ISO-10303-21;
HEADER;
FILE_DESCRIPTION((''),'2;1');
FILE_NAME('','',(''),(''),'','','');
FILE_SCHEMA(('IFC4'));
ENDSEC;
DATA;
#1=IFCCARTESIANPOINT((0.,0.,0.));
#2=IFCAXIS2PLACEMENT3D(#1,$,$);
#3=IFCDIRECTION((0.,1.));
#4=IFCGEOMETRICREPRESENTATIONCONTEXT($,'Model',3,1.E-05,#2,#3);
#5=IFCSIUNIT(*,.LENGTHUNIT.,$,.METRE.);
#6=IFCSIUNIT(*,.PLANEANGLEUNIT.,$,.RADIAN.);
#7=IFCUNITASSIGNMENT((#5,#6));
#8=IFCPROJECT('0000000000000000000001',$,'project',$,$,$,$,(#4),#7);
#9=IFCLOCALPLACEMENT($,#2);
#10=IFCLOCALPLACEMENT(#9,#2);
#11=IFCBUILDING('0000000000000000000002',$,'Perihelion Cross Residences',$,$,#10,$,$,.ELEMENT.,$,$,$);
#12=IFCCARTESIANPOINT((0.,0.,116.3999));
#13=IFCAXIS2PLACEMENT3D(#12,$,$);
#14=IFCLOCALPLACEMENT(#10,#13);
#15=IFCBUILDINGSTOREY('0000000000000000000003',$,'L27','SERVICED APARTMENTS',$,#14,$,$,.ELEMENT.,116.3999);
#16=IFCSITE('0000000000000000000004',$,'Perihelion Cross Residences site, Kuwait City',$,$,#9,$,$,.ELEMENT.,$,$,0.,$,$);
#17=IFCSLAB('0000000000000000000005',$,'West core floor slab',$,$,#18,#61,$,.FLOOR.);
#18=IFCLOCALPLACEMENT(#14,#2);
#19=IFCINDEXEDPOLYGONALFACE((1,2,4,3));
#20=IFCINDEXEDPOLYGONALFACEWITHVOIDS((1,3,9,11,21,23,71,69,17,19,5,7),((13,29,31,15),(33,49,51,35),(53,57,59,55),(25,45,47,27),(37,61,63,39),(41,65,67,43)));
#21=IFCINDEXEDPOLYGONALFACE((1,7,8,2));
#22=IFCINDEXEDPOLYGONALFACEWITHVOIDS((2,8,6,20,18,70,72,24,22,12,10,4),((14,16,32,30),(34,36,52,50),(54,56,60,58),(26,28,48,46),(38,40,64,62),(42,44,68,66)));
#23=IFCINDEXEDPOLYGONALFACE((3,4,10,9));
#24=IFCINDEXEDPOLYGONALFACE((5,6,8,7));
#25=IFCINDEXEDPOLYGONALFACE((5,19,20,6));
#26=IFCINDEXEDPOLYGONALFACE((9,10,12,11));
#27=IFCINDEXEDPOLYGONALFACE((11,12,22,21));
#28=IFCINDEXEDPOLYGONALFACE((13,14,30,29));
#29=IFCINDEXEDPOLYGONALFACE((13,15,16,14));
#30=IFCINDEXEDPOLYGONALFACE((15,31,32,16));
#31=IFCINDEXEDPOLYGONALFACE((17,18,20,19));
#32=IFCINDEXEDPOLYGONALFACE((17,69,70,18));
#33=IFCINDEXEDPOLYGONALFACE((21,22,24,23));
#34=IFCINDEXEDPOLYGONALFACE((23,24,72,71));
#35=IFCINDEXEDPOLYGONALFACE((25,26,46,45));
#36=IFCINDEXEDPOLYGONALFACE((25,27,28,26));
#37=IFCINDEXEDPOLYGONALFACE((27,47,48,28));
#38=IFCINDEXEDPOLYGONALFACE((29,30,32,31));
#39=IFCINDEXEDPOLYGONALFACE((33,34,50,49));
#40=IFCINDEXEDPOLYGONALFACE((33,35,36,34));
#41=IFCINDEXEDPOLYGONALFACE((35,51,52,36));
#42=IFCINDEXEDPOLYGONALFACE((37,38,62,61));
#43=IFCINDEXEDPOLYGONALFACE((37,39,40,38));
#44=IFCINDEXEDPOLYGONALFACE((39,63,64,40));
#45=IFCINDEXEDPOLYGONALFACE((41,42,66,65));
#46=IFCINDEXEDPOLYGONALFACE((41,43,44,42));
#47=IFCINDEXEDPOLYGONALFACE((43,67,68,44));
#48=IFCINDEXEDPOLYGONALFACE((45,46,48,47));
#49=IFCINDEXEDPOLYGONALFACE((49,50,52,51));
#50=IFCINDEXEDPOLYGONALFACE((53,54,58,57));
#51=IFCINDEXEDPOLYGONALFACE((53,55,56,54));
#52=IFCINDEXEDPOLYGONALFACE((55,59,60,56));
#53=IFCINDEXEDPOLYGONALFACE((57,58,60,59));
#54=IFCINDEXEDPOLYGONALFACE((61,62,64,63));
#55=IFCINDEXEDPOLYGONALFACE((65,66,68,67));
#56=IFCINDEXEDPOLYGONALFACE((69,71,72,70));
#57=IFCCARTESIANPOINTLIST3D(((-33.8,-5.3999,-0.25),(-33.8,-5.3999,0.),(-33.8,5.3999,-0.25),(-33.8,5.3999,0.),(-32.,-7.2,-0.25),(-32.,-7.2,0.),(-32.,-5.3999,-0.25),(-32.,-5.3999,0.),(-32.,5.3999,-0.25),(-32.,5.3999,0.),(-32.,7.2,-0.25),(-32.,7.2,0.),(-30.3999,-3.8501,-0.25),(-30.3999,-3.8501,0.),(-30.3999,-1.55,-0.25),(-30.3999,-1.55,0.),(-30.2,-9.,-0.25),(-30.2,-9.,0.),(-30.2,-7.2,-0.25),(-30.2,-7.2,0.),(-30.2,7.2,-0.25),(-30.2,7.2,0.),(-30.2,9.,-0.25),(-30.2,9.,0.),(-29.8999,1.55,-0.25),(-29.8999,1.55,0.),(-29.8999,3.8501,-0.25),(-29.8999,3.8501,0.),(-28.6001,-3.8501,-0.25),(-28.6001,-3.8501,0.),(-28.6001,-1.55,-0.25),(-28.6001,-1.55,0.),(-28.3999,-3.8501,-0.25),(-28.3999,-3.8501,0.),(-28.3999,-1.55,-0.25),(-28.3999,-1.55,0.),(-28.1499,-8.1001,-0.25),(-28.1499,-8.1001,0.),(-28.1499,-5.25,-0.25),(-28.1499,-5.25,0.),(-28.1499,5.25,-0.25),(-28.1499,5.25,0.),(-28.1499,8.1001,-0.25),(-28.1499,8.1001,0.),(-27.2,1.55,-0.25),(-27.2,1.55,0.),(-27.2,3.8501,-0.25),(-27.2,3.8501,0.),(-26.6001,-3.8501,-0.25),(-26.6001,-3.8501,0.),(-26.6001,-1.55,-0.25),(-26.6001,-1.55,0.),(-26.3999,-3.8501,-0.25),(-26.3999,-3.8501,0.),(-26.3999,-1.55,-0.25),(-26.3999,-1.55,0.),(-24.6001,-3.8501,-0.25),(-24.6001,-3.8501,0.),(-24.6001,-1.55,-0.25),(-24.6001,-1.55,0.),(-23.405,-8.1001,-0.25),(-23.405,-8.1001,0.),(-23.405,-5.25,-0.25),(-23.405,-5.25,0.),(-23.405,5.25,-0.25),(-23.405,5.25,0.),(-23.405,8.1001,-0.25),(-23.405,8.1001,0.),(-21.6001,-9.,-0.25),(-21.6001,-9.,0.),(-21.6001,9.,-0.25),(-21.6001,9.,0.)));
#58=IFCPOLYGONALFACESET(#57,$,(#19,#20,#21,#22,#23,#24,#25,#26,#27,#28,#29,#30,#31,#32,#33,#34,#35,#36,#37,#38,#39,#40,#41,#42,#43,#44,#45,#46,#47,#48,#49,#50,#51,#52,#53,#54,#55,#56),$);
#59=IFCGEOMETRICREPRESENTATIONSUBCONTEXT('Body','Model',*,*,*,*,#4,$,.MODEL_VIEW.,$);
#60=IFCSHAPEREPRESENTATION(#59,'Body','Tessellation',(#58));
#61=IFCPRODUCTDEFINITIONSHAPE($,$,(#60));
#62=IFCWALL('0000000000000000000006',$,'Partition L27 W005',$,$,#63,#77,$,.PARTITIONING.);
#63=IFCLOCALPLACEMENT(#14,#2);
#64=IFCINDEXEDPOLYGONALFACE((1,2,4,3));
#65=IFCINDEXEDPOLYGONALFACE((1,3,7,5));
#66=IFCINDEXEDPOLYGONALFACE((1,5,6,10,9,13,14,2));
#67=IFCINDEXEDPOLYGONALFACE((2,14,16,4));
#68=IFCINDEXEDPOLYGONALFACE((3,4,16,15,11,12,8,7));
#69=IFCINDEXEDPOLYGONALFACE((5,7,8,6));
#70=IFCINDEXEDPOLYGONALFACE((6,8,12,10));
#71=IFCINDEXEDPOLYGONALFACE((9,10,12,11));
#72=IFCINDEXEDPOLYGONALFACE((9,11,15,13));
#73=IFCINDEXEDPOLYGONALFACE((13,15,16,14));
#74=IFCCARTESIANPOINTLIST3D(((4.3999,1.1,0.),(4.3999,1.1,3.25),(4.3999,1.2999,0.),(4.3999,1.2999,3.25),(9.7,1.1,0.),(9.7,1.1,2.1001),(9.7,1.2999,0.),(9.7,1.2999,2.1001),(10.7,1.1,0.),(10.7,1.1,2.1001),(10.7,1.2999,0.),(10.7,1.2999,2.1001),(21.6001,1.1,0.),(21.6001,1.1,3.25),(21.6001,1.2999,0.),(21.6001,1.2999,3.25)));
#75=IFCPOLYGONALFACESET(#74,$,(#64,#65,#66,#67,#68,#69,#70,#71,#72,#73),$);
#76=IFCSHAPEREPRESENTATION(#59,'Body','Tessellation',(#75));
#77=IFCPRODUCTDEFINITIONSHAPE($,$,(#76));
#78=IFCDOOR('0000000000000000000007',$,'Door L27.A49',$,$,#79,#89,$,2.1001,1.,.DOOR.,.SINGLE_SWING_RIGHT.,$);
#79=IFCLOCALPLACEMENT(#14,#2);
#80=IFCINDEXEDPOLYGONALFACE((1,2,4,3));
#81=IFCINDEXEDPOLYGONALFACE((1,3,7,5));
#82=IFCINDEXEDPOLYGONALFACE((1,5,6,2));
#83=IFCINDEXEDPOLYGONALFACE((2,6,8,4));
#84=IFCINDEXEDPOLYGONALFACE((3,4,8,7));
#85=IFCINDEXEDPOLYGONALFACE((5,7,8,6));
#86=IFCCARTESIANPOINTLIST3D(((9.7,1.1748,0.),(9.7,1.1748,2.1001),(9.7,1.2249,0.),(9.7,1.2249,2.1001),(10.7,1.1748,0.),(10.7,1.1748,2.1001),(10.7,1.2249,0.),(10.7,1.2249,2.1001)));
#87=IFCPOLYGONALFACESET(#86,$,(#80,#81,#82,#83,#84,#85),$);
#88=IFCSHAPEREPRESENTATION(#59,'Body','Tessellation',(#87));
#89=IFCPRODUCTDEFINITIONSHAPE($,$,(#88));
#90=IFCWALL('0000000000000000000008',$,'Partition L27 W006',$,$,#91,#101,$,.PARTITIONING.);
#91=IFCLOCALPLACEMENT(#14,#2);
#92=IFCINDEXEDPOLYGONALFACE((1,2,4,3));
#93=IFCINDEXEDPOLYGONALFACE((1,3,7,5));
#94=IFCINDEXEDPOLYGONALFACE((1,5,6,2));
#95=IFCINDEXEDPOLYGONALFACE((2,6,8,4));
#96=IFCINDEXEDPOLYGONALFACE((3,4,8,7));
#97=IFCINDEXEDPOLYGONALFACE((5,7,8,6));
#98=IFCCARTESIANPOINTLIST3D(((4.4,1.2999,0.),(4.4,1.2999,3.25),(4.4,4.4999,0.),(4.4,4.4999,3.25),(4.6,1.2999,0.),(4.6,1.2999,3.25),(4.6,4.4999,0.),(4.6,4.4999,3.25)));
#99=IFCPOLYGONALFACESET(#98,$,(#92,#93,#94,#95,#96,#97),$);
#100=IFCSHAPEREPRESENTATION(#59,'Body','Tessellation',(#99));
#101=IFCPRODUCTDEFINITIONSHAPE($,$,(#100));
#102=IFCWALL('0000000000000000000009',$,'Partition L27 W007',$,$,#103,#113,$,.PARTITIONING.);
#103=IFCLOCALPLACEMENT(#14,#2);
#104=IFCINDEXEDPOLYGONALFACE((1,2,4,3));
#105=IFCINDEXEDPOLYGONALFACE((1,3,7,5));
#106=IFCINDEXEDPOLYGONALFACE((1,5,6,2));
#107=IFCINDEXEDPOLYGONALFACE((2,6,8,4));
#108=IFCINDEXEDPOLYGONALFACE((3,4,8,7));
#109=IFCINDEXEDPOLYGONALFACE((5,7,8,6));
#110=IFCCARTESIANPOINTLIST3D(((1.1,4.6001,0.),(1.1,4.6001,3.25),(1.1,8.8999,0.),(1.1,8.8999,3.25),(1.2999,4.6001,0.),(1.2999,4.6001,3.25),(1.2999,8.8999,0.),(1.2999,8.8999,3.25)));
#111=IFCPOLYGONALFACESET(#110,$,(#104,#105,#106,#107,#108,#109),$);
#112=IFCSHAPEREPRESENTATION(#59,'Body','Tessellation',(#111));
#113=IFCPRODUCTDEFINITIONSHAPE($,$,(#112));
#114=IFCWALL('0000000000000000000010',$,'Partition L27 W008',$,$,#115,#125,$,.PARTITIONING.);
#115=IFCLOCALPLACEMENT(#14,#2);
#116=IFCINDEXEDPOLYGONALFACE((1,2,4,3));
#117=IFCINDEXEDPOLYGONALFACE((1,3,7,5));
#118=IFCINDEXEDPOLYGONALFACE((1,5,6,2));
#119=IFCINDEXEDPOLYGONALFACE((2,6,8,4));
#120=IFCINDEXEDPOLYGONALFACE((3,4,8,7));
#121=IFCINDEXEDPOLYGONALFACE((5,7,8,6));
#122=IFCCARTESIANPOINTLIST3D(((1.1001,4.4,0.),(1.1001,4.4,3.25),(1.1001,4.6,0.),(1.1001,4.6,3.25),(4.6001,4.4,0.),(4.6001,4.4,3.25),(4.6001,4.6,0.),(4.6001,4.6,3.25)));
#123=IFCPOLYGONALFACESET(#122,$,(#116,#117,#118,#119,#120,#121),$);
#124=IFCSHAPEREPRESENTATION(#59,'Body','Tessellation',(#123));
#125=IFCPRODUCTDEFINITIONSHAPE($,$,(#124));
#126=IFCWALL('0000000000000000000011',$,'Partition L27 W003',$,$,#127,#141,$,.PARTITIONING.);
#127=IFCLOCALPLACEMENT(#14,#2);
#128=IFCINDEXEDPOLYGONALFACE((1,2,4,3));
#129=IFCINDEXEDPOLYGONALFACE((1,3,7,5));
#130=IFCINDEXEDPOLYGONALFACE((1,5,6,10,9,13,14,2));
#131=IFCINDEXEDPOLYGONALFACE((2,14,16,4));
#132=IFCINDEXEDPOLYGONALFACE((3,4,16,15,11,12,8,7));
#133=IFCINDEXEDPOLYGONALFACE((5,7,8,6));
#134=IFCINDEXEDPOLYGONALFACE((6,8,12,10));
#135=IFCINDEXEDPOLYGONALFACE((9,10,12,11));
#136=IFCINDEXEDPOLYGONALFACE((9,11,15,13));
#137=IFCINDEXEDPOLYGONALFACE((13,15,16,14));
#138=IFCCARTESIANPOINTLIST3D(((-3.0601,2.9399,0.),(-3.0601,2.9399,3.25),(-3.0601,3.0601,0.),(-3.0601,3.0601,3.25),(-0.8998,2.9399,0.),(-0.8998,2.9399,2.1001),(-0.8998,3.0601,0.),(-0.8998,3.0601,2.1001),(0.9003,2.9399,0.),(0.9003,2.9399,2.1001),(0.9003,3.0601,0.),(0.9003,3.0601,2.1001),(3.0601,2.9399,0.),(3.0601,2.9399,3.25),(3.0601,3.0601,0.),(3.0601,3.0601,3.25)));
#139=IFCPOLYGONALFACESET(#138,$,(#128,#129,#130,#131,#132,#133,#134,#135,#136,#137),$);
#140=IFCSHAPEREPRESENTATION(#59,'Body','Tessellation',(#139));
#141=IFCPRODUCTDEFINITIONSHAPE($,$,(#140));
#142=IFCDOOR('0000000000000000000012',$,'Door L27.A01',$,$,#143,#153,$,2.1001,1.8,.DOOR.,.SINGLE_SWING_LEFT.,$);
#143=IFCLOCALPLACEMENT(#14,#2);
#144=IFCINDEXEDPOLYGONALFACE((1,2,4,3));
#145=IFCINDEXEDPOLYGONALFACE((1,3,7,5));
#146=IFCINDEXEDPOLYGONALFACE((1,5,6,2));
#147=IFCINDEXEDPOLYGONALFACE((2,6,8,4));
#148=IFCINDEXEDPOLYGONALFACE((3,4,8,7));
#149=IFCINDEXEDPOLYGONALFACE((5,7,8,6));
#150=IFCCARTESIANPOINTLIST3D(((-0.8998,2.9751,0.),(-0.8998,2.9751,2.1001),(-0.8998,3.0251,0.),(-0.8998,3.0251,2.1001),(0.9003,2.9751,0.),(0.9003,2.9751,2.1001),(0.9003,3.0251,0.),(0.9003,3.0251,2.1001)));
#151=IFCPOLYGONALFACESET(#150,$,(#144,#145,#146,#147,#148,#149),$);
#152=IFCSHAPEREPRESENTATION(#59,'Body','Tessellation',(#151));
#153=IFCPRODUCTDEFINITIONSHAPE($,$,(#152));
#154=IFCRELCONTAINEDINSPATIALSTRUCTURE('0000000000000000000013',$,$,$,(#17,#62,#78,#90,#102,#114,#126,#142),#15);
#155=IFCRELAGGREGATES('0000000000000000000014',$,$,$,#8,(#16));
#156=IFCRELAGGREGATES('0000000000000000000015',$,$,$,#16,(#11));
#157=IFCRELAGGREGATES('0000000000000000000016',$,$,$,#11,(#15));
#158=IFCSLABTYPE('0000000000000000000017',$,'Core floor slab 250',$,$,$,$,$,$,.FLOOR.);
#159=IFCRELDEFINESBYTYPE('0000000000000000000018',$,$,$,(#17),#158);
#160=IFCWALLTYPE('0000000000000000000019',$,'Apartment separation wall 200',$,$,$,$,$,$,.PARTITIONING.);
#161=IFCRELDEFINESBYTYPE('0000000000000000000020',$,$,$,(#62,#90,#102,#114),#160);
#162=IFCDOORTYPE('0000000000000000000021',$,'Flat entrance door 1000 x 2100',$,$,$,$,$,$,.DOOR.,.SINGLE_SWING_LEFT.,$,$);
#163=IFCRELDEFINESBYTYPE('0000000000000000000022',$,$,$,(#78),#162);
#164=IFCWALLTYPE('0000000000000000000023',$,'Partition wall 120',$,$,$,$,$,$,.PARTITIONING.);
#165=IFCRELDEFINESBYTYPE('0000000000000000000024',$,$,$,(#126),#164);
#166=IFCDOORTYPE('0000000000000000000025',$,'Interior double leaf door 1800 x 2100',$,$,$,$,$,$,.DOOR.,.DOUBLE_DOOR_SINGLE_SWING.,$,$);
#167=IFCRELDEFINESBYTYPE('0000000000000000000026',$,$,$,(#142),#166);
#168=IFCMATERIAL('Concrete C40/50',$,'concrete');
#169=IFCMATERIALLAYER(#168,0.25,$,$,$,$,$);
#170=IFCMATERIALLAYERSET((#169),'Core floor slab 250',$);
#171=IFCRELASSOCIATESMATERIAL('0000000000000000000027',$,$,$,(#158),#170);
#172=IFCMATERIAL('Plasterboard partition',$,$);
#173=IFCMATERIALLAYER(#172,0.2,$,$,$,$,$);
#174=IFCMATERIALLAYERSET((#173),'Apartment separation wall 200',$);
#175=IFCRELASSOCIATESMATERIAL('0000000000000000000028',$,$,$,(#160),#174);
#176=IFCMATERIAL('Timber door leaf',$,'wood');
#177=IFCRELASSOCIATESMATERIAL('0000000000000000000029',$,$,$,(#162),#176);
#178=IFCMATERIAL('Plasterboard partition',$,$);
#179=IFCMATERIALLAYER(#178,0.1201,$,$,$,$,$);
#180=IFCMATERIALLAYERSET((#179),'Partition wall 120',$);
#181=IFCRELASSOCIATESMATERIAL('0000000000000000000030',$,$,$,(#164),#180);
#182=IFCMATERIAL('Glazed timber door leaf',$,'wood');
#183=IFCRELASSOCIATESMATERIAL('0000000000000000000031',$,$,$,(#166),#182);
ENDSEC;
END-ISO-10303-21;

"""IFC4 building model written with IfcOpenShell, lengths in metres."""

from ifc_helpers import new_model, si_unit, direction, frame, frame_2d, origin, place, context, subcontext, project, spatial, polyline, rectangle, outline, extrude, material, layer, layer_set, type_object, element, fill, save


model = new_model("IFC4")

# Units and contexts
model_context = context("Model", 3, precision=1e-05, world=origin(), true_north=direction((0.0, 1.0)))
body_context = subcontext(model_context, "Body", "Model", "MODEL_VIEW")
ifc_project = project(units=[si_unit("LENGTHUNIT", "METRE"), si_unit("PLANEANGLEUNIT", "RADIAN")], contexts=[model_context])

# Site, building, storey
site_placement = place(None, origin())
site = spatial("IfcSite", under=ifc_project, at=site_placement, Name="Perihelion Cross Residences site, Kuwait City", CompositionType="ELEMENT", RefElevation=0.0)
building_placement = place(site_placement, origin())
building = spatial("IfcBuilding", under=site, at=building_placement, Name="Perihelion Cross Residences", CompositionType="ELEMENT")
storey_placement = place(building_placement, frame((0.0, 0.0, 116.3999)))
storey = spatial("IfcBuildingStorey", under=building, at=storey_placement, Name="L27", Description="SERVICED APARTMENTS", CompositionType="ELEMENT", Elevation=116.3999)

# Slab
ifc_material_1 = material(Name="Concrete C40/50", Category="concrete")
ifc_layer_1 = layer(ifc_material_1, 0.25)
ifc_layer_set_1 = layer_set([ifc_layer_1], Name="Core floor slab 250")
slab_type = type_object("IfcSlabType", Name="Core floor slab 250", PredefinedType="FLOOR", material=ifc_layer_set_1)
slab_1_placement = place(storey_placement, frame((0.0, 0.0, -0.25)))
element("IfcSlab", 1, at=slab_1_placement, inside=storey, type_object=slab_type, Name="West core floor slab", PredefinedType="FLOOR", context=body_context, shape_type="SweptSolid", body=[
    extrude(outline(polyline([(-30.2, 7.2), (-32.0, 7.2), (-32.0, 5.3999), (-33.8, 5.3999), (-33.8, -5.3999), (-32.0, -5.3999), (-32.0, -7.2), (-30.2, -7.2), (-30.2, -9.0), (-21.6001, -9.0), (-21.6001, 9.0), (-30.2, 9.0), (-30.2, 7.2)]), holes=[polyline([(-28.1499, -8.1001), (-28.1499, -5.25), (-23.405, -5.25), (-23.405, -8.1001), (-28.1499, -8.1001)]), polyline([(-24.6001, -1.55), (-24.6001, -3.8501), (-26.3999, -3.8501), (-26.3999, -1.55), (-24.6001, -1.55)]), polyline([(-26.6001, -1.55), (-26.6001, -3.8501), (-28.3999, -3.8501), (-28.3999, -1.55), (-26.6001, -1.55)]), polyline([(-28.6001, -3.8501), (-30.3999, -3.8501), (-30.3999, -1.55), (-28.6001, -1.55), (-28.6001, -3.8501)]), polyline([(-27.2, 3.8501), (-27.2, 1.55), (-29.8999, 1.55), (-29.8999, 3.8501), (-27.2, 3.8501)]), polyline([(-23.405, 5.25), (-28.1499, 5.25), (-28.1499, 8.1001), (-23.405, 8.1001), (-23.405, 5.25)])]), origin(), (0.0, 0.0, 1.0), 0.25),
])

# Wall, opening, door
ifc_material_2 = material(Name="Plasterboard partition")
ifc_layer_2 = layer(ifc_material_2, 0.2)
ifc_layer_set_2 = layer_set([ifc_layer_2], Name="Apartment separation wall 200")
wall_type_1 = type_object("IfcWallType", Name="Apartment separation wall 200", PredefinedType="PARTITIONING", material=ifc_layer_set_2)
wall_1_placement = place(storey_placement, frame((4.3999, 1.2, 0.0), z_axis=(0.0, 0.0, 1.0), x_axis=(1.0, 0.0, 0.0)))
wall_1 = element("IfcWall", 2, at=wall_1_placement, inside=storey, type_object=wall_type_1, Name="Partition L27 W005", PredefinedType="PARTITIONING", context=body_context, shape_type="SweptSolid", body=[
    extrude(rectangle(XDim=17.2002, YDim=0.2, at=frame_2d((8.6001, 0.0))), origin(), (0.0, 0.0, 1.0), 3.25),
])
opening_1_placement = place(wall_1_placement, frame((5.3, 0.0, 0.0)))
opening_1 = element("IfcOpeningElement", 3, at=opening_1_placement, cuts=wall_1, PredefinedType="OPENING", context=body_context, shape_type="SweptSolid", body=[
    extrude(rectangle(XDim=1.0, YDim=2.1001, at=frame_2d((0.5, 1.05))), frame((0.0, 0.1099, 0.0), z_axis=(0.0, -1.0, 0.0), x_axis=(1.0, 0.0, 0.0)), (0.0, 0.0, 1.0), 0.22),
])
ifc_material_3 = material(Name="Timber door leaf", Category="wood")
door_type_1 = type_object("IfcDoorType", Name="Flat entrance door 1000 x 2100", OperationType="SINGLE_SWING_LEFT", PredefinedType="DOOR", material=ifc_material_3)
door_1_placement = place(opening_1_placement, origin())
door_1 = element("IfcDoor", 4, at=door_1_placement, inside=storey, type_object=door_type_1, Name="Door L27.A49", OperationType="SINGLE_SWING_RIGHT", OverallHeight=2.1001, OverallWidth=1.0, PredefinedType="DOOR", context=body_context, shape_type="SweptSolid", body=[
    extrude(rectangle(XDim=1.0, YDim=2.1001, at=frame_2d((0.5, 1.05))), frame((0.0, 0.0249, 0.0), z_axis=(0.0, -1.0, 0.0), x_axis=(1.0, 0.0, 0.0)), (0.0, 0.0, 1.0), 0.05),
])
fill(opening_1, door_1)

# Walls
wall_2_placement = place(storey_placement, frame((4.5, 4.5, 0.0), z_axis=(0.0, 0.0, 1.0), x_axis=(0.0, -1.0, 0.0)))
element("IfcWall", 5, at=wall_2_placement, inside=storey, type_object=wall_type_1, Name="Partition L27 W006", PredefinedType="PARTITIONING", context=body_context, shape_type="SweptSolid", body=[
    extrude(rectangle(XDim=3.2, YDim=0.2, at=frame_2d((1.6001, 0.0))), origin(), (0.0, 0.0, 1.0), 3.25),
])
wall_3_placement = place(storey_placement, frame((1.2, 8.8999, 0.0), z_axis=(0.0, 0.0, 1.0), x_axis=(0.0, -1.0, 0.0)))
element("IfcWall", 6, at=wall_3_placement, inside=storey, type_object=wall_type_1, Name="Partition L27 W007", PredefinedType="PARTITIONING", context=body_context, shape_type="SweptSolid", body=[
    extrude(rectangle(XDim=4.2998, YDim=0.2, at=frame_2d((2.1499, 0.0))), origin(), (0.0, 0.0, 1.0), 3.25),
])
wall_4_placement = place(storey_placement, frame((1.1001, 4.5, 0.0), z_axis=(0.0, 0.0, 1.0), x_axis=(1.0, 0.0, 0.0)))
element("IfcWall", 7, at=wall_4_placement, inside=storey, type_object=wall_type_1, Name="Partition L27 W008", PredefinedType="PARTITIONING", context=body_context, shape_type="SweptSolid", body=[
    extrude(rectangle(XDim=3.5, YDim=0.2, at=frame_2d((1.75, 0.0))), origin(), (0.0, 0.0, 1.0), 3.25),
])

# Wall, opening, door
ifc_material_4 = material(Name="Plasterboard partition")
ifc_layer_3 = layer(ifc_material_4, 0.1201)
ifc_layer_set_3 = layer_set([ifc_layer_3], Name="Partition wall 120")
wall_type_2 = type_object("IfcWallType", Name="Partition wall 120", PredefinedType="PARTITIONING", material=ifc_layer_set_3)
wall_5_placement = place(storey_placement, frame((3.0601, 3.0, 0.0), z_axis=(0.0, 0.0, 1.0), x_axis=(-1.0, 0.0, 0.0)))
wall_5 = element("IfcWall", 8, at=wall_5_placement, inside=storey, type_object=wall_type_2, Name="Partition L27 W003", PredefinedType="PARTITIONING", context=body_context, shape_type="SweptSolid", body=[
    extrude(rectangle(XDim=6.1201, YDim=0.1201, at=frame_2d((3.0601, 0.0))), origin(), (0.0, 0.0, 1.0), 3.25),
])
opening_2_placement = place(wall_5_placement, frame((2.1599, 0.0, 0.0)))
opening_2 = element("IfcOpeningElement", 9, at=opening_2_placement, cuts=wall_5, PredefinedType="OPENING", context=body_context, shape_type="SweptSolid", body=[
    extrude(rectangle(XDim=1.8, YDim=2.1001, at=frame_2d((0.8999, 1.05))), frame((0.0, 0.0701, 0.0), z_axis=(0.0, -1.0, 0.0), x_axis=(1.0, 0.0, 0.0)), (0.0, 0.0, 1.0), 0.1401),
])
ifc_material_5 = material(Name="Glazed timber door leaf", Category="wood")
door_type_2 = type_object("IfcDoorType", Name="Interior double leaf door 1800 x 2100", OperationType="DOUBLE_DOOR_SINGLE_SWING", PredefinedType="DOOR", material=ifc_material_5)
door_2_placement = place(opening_2_placement, origin())
door_2 = element("IfcDoor", 10, at=door_2_placement, inside=storey, type_object=door_type_2, Name="Door L27.A01", OperationType="SINGLE_SWING_LEFT", OverallHeight=2.1001, OverallWidth=1.8, PredefinedType="DOOR", context=body_context, shape_type="SweptSolid", body=[
    extrude(rectangle(XDim=1.8, YDim=2.1001, at=frame_2d((0.8999, 1.05))), frame((0.0, 0.0249, 0.0), z_axis=(0.0, -1.0, 0.0), x_axis=(1.0, 0.0, 0.0)), (0.0, 0.0, 1.0), 0.05),
])
fill(opening_2, door_2)

save(model, "model.ifc")
